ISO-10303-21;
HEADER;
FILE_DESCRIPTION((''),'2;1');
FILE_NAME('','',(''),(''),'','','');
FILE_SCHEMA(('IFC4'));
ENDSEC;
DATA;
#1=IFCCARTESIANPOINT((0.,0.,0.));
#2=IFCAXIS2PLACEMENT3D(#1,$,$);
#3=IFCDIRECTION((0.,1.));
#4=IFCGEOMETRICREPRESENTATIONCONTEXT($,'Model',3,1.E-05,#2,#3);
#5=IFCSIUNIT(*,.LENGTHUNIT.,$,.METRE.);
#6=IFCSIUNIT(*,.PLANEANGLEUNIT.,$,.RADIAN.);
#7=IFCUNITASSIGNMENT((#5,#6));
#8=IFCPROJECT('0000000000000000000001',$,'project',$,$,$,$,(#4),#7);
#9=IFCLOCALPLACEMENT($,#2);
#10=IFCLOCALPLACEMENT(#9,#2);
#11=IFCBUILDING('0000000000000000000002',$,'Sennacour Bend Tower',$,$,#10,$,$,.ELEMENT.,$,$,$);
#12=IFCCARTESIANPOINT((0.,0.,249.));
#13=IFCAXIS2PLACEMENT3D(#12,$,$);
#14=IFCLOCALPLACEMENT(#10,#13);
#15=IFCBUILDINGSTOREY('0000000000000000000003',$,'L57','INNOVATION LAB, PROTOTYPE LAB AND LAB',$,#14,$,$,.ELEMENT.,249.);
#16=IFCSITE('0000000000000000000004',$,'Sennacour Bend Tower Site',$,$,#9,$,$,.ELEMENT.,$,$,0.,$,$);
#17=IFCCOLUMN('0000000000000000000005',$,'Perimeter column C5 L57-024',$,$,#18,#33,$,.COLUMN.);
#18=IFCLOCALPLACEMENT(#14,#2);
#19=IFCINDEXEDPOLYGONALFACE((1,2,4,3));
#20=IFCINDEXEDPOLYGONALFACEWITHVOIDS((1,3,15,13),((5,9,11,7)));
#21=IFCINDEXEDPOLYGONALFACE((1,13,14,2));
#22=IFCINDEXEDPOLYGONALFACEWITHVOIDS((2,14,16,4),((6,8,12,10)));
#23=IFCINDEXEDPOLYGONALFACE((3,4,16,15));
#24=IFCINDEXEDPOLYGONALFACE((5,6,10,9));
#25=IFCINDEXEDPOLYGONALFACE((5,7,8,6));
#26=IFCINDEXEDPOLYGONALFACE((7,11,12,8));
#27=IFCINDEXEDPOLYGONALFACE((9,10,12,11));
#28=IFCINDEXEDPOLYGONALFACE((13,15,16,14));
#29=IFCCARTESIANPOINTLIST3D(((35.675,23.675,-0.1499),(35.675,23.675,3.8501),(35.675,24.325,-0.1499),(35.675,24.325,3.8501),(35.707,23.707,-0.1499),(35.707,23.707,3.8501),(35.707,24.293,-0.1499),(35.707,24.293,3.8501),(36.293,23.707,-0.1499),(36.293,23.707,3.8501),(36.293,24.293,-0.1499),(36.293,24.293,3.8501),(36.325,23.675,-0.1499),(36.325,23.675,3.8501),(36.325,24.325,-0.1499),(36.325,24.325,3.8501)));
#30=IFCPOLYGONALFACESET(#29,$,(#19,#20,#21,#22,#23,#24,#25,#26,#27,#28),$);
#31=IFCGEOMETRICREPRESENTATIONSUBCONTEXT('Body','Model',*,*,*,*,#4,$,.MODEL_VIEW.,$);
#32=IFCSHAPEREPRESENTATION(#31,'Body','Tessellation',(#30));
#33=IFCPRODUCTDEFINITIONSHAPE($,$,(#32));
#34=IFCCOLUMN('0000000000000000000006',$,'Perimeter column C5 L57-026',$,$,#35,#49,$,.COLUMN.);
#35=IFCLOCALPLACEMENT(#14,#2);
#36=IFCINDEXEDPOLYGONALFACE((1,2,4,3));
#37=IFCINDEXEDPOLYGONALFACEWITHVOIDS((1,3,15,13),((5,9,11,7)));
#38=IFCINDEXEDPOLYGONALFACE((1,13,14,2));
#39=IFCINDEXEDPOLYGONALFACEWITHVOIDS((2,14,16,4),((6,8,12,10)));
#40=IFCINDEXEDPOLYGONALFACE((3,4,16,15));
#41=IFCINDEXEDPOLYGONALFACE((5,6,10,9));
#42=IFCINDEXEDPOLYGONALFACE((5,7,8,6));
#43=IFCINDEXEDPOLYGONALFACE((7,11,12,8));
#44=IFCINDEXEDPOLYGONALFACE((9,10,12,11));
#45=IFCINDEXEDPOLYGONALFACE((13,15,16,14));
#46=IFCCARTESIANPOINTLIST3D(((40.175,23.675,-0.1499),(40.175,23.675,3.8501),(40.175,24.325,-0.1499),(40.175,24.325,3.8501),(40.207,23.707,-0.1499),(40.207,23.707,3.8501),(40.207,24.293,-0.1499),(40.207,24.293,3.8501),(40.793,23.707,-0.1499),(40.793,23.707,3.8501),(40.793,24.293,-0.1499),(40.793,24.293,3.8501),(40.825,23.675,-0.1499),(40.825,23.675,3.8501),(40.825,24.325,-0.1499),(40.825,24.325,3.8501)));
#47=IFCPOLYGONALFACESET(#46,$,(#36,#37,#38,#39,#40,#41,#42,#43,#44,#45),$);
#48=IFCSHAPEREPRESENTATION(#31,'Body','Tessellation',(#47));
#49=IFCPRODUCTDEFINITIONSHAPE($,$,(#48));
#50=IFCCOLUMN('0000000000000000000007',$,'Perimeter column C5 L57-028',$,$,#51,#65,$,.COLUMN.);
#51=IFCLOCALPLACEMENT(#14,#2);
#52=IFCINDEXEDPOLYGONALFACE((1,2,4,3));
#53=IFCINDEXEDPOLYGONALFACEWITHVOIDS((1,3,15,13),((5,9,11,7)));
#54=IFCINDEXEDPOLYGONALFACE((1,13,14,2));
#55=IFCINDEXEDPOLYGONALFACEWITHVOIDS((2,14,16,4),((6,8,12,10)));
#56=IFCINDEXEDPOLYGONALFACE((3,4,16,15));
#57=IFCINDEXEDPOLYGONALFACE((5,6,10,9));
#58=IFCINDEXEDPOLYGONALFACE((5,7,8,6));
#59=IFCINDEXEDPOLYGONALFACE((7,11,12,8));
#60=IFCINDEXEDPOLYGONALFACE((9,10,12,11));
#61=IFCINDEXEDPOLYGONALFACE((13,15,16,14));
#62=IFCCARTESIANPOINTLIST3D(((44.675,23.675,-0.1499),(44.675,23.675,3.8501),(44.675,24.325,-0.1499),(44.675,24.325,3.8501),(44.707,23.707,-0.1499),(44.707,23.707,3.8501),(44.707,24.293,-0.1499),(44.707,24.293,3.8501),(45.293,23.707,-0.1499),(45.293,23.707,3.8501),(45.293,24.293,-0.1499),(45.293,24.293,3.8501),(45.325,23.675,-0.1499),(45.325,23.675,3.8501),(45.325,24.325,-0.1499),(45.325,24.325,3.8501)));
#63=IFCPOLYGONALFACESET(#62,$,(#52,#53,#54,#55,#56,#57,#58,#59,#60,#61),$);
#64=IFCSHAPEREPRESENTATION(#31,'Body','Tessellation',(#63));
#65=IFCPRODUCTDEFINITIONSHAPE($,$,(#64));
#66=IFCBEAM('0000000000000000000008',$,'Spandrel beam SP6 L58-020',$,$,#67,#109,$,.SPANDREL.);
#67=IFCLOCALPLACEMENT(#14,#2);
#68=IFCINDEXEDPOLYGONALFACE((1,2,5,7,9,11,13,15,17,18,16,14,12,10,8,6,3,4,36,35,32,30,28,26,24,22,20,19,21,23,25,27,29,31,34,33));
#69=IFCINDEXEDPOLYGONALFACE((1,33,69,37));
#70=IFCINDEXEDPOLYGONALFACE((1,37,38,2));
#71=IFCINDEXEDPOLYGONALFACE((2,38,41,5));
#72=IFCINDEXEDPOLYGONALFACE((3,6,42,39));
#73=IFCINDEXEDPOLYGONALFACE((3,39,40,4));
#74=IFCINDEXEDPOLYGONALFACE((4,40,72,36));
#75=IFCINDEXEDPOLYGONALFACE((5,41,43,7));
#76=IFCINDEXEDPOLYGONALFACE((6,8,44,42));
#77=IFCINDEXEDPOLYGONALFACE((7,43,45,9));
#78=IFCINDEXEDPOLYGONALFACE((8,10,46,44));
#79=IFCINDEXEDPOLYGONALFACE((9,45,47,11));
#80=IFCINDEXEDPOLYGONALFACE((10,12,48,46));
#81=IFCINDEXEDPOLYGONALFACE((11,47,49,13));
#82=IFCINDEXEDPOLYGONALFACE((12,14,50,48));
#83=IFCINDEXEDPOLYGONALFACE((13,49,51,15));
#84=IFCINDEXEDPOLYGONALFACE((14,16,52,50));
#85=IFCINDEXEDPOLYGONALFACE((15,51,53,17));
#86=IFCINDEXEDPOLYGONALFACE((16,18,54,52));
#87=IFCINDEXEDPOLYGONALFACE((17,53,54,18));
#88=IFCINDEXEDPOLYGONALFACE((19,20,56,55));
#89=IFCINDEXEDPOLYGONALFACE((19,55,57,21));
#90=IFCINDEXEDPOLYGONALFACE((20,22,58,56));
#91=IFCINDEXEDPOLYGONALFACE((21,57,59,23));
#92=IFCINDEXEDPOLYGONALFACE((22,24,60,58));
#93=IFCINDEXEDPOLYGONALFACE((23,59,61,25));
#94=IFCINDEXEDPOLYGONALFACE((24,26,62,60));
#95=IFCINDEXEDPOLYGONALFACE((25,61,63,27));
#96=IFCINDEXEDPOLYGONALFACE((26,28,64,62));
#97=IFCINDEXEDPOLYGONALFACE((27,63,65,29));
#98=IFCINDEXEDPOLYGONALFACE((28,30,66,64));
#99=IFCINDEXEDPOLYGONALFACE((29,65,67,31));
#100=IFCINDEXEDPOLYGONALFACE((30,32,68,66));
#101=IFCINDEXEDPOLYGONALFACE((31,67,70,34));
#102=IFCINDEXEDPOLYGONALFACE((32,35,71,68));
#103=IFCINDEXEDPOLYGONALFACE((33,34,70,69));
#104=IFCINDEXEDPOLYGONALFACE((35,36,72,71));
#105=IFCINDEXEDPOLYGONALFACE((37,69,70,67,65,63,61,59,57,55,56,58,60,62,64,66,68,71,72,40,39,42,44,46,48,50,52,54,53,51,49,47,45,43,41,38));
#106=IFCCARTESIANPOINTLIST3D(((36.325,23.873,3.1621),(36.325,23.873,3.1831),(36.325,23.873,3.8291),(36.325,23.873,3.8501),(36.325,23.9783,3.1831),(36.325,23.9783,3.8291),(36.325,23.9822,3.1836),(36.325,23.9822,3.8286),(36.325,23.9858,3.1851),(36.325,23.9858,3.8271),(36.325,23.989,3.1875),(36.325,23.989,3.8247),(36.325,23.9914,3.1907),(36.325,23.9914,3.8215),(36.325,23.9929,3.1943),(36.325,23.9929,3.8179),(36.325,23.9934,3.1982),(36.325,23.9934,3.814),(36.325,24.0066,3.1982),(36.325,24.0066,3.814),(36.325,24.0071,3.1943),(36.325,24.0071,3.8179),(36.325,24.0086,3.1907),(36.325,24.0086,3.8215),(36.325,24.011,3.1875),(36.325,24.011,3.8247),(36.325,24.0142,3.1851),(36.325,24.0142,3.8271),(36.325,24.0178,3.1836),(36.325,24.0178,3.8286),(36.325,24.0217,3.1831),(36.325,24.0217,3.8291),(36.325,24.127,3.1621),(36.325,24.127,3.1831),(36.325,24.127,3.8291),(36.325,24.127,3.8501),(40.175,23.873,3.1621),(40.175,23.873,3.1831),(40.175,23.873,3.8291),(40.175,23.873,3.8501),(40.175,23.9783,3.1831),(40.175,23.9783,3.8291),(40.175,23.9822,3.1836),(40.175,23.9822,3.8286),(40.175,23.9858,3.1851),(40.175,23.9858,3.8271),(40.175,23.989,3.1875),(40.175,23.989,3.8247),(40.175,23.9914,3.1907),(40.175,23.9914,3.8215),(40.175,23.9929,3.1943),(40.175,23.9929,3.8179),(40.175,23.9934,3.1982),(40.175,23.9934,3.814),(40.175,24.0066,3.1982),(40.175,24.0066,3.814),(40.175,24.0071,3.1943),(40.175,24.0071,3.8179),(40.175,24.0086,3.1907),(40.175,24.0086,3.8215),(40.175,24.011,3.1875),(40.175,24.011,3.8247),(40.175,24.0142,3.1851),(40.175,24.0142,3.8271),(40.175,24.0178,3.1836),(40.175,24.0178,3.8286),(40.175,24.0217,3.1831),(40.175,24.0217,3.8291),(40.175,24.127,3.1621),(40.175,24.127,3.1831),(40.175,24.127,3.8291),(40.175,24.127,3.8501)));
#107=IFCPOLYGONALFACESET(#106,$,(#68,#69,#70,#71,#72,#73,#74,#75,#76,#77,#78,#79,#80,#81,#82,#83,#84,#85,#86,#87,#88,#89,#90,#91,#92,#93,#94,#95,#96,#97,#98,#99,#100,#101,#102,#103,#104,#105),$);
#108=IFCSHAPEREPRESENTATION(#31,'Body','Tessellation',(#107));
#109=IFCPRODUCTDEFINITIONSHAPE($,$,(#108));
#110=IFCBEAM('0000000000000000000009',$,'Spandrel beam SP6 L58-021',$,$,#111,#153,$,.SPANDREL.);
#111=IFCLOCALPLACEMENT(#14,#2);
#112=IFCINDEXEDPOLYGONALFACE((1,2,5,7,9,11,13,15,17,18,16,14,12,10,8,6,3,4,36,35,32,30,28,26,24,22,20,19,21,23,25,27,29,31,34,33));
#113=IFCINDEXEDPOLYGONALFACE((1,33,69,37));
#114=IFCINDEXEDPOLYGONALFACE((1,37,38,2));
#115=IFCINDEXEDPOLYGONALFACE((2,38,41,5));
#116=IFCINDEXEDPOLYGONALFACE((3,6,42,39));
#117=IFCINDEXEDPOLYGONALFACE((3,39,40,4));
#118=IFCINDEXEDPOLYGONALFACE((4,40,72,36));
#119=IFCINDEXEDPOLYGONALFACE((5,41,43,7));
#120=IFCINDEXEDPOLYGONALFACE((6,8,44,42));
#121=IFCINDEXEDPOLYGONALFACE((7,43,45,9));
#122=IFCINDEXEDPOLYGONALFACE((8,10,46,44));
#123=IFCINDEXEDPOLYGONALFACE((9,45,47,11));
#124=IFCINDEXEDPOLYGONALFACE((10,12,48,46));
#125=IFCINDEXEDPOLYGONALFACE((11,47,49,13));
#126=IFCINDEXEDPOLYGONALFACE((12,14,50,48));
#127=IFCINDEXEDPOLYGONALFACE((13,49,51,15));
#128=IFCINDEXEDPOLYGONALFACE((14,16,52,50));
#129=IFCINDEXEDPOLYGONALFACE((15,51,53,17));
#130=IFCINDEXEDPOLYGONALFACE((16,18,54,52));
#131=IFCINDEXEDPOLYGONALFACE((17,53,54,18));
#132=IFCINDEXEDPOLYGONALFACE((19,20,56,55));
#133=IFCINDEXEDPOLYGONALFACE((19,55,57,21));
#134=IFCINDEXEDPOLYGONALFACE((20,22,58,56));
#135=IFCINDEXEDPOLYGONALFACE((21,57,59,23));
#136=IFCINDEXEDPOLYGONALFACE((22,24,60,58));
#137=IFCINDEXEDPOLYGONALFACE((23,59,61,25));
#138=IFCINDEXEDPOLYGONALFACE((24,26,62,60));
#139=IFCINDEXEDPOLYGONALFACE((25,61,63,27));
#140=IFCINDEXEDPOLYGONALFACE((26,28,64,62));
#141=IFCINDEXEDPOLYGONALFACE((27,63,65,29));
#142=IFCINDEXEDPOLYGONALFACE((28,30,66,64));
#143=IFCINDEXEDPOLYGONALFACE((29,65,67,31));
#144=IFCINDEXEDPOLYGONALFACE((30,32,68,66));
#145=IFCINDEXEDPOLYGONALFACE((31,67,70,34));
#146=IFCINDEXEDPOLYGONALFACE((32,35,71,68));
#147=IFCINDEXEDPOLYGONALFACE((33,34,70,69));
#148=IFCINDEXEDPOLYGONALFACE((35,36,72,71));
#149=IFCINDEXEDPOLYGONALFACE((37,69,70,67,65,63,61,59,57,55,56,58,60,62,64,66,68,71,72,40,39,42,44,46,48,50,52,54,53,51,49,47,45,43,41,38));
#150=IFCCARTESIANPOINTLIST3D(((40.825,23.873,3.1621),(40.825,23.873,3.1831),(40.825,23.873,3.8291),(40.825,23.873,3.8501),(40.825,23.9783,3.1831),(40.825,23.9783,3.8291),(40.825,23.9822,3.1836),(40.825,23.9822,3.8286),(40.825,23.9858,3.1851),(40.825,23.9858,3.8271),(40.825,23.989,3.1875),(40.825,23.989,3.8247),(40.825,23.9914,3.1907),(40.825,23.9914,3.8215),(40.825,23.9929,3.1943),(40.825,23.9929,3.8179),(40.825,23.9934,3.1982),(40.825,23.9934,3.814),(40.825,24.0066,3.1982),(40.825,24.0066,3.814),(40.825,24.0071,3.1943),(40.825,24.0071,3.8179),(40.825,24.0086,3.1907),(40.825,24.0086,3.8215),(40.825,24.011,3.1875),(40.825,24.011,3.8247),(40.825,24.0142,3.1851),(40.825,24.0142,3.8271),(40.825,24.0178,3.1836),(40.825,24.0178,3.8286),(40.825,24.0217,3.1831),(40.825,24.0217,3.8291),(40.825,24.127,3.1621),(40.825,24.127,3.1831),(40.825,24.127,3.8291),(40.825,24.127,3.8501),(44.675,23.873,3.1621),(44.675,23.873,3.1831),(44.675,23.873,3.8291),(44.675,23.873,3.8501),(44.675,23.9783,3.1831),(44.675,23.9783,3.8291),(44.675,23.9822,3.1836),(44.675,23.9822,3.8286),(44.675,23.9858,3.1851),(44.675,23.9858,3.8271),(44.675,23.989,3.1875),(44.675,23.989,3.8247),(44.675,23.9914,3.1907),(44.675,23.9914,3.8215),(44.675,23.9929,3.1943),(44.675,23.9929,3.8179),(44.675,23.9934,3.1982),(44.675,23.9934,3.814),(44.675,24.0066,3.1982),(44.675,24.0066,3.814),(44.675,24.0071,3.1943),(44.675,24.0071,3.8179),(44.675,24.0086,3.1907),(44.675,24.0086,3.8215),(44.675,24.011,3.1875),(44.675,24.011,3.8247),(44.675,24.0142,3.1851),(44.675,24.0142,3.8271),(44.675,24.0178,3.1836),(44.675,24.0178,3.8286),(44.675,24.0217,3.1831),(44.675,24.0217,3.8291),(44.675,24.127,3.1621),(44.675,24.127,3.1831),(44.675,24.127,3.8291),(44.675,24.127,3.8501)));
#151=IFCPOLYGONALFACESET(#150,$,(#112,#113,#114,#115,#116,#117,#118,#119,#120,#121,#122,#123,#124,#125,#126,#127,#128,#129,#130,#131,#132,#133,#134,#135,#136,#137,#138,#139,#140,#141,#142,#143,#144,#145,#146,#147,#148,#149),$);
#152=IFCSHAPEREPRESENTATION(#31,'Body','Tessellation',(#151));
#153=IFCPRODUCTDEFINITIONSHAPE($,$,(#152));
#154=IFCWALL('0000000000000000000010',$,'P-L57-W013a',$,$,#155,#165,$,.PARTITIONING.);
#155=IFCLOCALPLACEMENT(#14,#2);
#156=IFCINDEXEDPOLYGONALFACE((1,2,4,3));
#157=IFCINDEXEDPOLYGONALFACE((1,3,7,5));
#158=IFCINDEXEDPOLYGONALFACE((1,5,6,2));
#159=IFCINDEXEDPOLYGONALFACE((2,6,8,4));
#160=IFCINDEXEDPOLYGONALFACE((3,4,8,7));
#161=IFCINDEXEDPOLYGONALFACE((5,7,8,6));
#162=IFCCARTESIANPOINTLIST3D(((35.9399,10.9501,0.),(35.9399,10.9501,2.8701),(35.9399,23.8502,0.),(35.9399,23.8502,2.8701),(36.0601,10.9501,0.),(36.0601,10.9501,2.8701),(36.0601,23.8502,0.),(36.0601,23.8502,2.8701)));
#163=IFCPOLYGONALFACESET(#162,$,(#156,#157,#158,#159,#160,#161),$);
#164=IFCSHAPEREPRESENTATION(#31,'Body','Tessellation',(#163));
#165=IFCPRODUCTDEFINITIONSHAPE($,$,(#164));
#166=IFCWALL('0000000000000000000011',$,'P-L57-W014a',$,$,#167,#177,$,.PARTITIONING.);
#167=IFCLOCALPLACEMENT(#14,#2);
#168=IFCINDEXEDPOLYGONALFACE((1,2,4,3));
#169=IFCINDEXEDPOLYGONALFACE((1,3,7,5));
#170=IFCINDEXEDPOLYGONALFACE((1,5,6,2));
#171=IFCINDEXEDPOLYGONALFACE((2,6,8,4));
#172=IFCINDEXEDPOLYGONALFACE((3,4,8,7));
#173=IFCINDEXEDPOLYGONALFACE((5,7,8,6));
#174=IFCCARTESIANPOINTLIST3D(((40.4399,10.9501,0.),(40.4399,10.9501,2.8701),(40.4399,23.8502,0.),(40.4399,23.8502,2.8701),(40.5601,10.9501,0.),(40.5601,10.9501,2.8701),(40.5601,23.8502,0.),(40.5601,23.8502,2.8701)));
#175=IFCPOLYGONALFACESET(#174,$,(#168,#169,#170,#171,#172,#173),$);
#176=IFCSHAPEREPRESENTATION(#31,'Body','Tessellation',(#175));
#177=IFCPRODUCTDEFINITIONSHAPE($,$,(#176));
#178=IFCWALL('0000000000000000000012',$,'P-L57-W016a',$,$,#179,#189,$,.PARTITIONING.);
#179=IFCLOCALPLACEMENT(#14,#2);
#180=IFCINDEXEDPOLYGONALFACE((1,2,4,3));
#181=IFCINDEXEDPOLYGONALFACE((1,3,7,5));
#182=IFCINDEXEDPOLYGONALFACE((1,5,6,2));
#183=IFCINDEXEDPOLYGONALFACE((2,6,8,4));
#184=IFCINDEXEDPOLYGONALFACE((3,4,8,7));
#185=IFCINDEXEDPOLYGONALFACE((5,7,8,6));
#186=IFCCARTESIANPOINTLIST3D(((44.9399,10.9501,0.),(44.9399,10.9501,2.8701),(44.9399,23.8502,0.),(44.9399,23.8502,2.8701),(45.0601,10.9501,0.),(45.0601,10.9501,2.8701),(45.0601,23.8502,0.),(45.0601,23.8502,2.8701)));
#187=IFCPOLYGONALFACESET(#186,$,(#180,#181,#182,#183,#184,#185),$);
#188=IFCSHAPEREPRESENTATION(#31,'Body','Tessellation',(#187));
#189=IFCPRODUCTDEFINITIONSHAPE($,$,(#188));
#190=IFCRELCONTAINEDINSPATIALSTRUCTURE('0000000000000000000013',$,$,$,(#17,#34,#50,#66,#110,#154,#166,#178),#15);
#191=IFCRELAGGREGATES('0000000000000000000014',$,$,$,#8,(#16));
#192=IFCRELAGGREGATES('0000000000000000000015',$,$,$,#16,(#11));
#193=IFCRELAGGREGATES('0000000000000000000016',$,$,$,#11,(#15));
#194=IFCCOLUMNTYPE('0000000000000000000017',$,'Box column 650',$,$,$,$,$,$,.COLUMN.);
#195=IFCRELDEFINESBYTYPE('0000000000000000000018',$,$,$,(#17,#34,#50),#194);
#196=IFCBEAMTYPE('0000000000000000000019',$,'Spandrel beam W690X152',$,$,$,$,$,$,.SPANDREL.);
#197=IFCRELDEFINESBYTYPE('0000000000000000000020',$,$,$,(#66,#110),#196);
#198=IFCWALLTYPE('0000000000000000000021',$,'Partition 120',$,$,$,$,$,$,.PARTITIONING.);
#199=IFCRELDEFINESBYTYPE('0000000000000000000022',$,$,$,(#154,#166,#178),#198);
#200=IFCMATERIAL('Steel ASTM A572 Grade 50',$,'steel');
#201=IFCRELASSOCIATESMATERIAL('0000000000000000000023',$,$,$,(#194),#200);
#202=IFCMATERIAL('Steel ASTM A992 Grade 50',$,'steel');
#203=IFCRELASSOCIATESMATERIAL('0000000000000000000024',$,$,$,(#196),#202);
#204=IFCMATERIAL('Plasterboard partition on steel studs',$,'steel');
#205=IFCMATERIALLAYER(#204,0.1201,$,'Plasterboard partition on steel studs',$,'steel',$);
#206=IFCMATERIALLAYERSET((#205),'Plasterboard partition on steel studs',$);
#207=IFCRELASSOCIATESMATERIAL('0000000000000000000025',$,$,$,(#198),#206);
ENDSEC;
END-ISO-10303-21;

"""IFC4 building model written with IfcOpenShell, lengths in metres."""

from ifc_helpers import new_model, si_unit, direction, frame, frame_2d, origin, origin_2d, place, context, subcontext, project, spatial, rectangle, hollow_rectangle, i_section, extrude, material, layer, layer_set, material_profile, profile_set, type_object, element, save


model = new_model("IFC4")

# Units and contexts
model_context = context("Model", 3, precision=1e-05, world=origin(), true_north=direction((0.0, 1.0)))
body_context = subcontext(model_context, "Body", "Model", "MODEL_VIEW")
ifc_project = project(units=[si_unit("LENGTHUNIT", "METRE"), si_unit("PLANEANGLEUNIT", "RADIAN")], contexts=[model_context])

# Site, building, storey
site_placement = place(None, origin())
site = spatial("IfcSite", under=ifc_project, at=site_placement, Name="Sennacour Bend Tower Site", CompositionType="ELEMENT", RefElevation=0.0)
building_placement = place(site_placement, origin())
building = spatial("IfcBuilding", under=site, at=building_placement, Name="Sennacour Bend Tower", CompositionType="ELEMENT")
storey_placement = place(building_placement, frame((0.0, 0.0, 249.0)))
storey = spatial("IfcBuildingStorey", under=building, at=storey_placement, Name="L57", Description="INNOVATION LAB, PROTOTYPE LAB AND LAB", CompositionType="ELEMENT", Elevation=249.0)

# Columns
ifc_material_1 = material(Name="Steel ASTM A572 Grade 50", Category="steel")
ifc_material_profile_1 = material_profile(ifc_material_1, hollow_rectangle(XDim=0.6499, YDim=0.6499, WallThickness=0.032, at=origin_2d()), Name="Steel ASTM A572 Grade 50", Category="steel")
ifc_profile_set_1 = profile_set([ifc_material_profile_1], Name="Steel ASTM A572 Grade 50")
column_type = type_object("IfcColumnType", Name="Box column 650", PredefinedType="COLUMN", material=ifc_profile_set_1)
for number, where, z_axis, x_axis, name in (
    (1, (36.0, 24.0, -0.1499), (0.0, 0.0, 1.0), (1.0, 0.0, 0.0), "Perimeter column C5 L57-024"),
    (2, (40.5, 24.0, -0.1499), (0.0, 0.0, 1.0), (1.0, 0.0, 0.0), "Perimeter column C5 L57-026"),
    (3, (45.0, 24.0, -0.1499), (0.0, 0.0, 1.0), (1.0, 0.0, 0.0), "Perimeter column C5 L57-028"),
):
    element("IfcColumn", number, at=place(storey_placement, frame(where, z_axis=z_axis, x_axis=x_axis)), inside=storey, type_object=column_type, Name=name, PredefinedType="COLUMN", context=body_context, shape_type="SweptSolid", body=[
        extrude(hollow_rectangle(XDim=0.6499, YDim=0.6499, WallThickness=0.032, at=origin_2d()), origin(), (0.0, 0.0, 1.0), 4.0),
    ])

# Beams
ifc_material_2 = material(Name="Steel ASTM A992 Grade 50", Category="steel")
ifc_material_profile_2 = material_profile(ifc_material_2, i_section(OverallWidth=0.2539, OverallDepth=0.688, WebThickness=0.0132, FlangeThickness=0.021, FilletRadius=0.0151, at=origin_2d()), Name="Steel ASTM A992 Grade 50", Category="steel")
ifc_profile_set_2 = profile_set([ifc_material_profile_2], Name="Steel ASTM A992 Grade 50")
beam_type = type_object("IfcBeamType", Name="Spandrel beam W690X152", PredefinedType="SPANDREL", material=ifc_profile_set_2)
for number, where, z_axis, x_axis, name in (
    (4, (36.325, 24.0, 3.5061), (1.0, 0.0, 0.0), (0.0, 1.0, 0.0), "Spandrel beam SP6 L58-020"),
    (5, (40.825, 24.0, 3.5061), (1.0, 0.0, 0.0), (0.0, 1.0, 0.0), "Spandrel beam SP6 L58-021"),
):
    element("IfcBeam", number, at=place(storey_placement, frame(where, z_axis=z_axis, x_axis=x_axis)), inside=storey, type_object=beam_type, Name=name, PredefinedType="SPANDREL", context=body_context, shape_type="SweptSolid", body=[
        extrude(i_section(OverallWidth=0.2539, OverallDepth=0.688, WebThickness=0.0132, FlangeThickness=0.021, FilletRadius=0.0151, at=origin_2d()), origin(), (0.0, 0.0, 1.0), 3.8501),
    ])

# Walls
ifc_material_3 = material(Name="Plasterboard partition on steel studs", Category="steel")
ifc_layer_1 = layer(ifc_material_3, 0.1201, Name="Plasterboard partition on steel studs", Category="steel")
ifc_layer_set_1 = layer_set([ifc_layer_1], Name="Plasterboard partition on steel studs")
wall_type_1 = type_object("IfcWallType", Name="Partition 120", PredefinedType="PARTITIONING", material=ifc_layer_set_1)
for number, where, z_axis, x_axis, name in (
    (6, (36.0, 10.95, 0.0), (0.0, 0.0, 1.0), (0.0, 1.0, 0.0), "P-L57-W013a"),
    (7, (40.5, 10.95, 0.0), (0.0, 0.0, 1.0), (0.0, 1.0, 0.0), "P-L57-W014a"),
    (8, (45.0, 10.95, 0.0), (0.0, 0.0, 1.0), (0.0, 1.0, 0.0), "P-L57-W016a"),
):
    element("IfcWall", number, at=place(storey_placement, frame(where, z_axis=z_axis, x_axis=x_axis)), inside=storey, type_object=wall_type_1, Name=name, PredefinedType="PARTITIONING", context=body_context, shape_type="SweptSolid", body=[
        extrude(rectangle(XDim=12.9001, YDim=0.1201, at=frame_2d((6.4502, 0.0))), origin(), (0.0, 0.0, 1.0), 2.8701),
    ])

save(model, "model.ifc")
